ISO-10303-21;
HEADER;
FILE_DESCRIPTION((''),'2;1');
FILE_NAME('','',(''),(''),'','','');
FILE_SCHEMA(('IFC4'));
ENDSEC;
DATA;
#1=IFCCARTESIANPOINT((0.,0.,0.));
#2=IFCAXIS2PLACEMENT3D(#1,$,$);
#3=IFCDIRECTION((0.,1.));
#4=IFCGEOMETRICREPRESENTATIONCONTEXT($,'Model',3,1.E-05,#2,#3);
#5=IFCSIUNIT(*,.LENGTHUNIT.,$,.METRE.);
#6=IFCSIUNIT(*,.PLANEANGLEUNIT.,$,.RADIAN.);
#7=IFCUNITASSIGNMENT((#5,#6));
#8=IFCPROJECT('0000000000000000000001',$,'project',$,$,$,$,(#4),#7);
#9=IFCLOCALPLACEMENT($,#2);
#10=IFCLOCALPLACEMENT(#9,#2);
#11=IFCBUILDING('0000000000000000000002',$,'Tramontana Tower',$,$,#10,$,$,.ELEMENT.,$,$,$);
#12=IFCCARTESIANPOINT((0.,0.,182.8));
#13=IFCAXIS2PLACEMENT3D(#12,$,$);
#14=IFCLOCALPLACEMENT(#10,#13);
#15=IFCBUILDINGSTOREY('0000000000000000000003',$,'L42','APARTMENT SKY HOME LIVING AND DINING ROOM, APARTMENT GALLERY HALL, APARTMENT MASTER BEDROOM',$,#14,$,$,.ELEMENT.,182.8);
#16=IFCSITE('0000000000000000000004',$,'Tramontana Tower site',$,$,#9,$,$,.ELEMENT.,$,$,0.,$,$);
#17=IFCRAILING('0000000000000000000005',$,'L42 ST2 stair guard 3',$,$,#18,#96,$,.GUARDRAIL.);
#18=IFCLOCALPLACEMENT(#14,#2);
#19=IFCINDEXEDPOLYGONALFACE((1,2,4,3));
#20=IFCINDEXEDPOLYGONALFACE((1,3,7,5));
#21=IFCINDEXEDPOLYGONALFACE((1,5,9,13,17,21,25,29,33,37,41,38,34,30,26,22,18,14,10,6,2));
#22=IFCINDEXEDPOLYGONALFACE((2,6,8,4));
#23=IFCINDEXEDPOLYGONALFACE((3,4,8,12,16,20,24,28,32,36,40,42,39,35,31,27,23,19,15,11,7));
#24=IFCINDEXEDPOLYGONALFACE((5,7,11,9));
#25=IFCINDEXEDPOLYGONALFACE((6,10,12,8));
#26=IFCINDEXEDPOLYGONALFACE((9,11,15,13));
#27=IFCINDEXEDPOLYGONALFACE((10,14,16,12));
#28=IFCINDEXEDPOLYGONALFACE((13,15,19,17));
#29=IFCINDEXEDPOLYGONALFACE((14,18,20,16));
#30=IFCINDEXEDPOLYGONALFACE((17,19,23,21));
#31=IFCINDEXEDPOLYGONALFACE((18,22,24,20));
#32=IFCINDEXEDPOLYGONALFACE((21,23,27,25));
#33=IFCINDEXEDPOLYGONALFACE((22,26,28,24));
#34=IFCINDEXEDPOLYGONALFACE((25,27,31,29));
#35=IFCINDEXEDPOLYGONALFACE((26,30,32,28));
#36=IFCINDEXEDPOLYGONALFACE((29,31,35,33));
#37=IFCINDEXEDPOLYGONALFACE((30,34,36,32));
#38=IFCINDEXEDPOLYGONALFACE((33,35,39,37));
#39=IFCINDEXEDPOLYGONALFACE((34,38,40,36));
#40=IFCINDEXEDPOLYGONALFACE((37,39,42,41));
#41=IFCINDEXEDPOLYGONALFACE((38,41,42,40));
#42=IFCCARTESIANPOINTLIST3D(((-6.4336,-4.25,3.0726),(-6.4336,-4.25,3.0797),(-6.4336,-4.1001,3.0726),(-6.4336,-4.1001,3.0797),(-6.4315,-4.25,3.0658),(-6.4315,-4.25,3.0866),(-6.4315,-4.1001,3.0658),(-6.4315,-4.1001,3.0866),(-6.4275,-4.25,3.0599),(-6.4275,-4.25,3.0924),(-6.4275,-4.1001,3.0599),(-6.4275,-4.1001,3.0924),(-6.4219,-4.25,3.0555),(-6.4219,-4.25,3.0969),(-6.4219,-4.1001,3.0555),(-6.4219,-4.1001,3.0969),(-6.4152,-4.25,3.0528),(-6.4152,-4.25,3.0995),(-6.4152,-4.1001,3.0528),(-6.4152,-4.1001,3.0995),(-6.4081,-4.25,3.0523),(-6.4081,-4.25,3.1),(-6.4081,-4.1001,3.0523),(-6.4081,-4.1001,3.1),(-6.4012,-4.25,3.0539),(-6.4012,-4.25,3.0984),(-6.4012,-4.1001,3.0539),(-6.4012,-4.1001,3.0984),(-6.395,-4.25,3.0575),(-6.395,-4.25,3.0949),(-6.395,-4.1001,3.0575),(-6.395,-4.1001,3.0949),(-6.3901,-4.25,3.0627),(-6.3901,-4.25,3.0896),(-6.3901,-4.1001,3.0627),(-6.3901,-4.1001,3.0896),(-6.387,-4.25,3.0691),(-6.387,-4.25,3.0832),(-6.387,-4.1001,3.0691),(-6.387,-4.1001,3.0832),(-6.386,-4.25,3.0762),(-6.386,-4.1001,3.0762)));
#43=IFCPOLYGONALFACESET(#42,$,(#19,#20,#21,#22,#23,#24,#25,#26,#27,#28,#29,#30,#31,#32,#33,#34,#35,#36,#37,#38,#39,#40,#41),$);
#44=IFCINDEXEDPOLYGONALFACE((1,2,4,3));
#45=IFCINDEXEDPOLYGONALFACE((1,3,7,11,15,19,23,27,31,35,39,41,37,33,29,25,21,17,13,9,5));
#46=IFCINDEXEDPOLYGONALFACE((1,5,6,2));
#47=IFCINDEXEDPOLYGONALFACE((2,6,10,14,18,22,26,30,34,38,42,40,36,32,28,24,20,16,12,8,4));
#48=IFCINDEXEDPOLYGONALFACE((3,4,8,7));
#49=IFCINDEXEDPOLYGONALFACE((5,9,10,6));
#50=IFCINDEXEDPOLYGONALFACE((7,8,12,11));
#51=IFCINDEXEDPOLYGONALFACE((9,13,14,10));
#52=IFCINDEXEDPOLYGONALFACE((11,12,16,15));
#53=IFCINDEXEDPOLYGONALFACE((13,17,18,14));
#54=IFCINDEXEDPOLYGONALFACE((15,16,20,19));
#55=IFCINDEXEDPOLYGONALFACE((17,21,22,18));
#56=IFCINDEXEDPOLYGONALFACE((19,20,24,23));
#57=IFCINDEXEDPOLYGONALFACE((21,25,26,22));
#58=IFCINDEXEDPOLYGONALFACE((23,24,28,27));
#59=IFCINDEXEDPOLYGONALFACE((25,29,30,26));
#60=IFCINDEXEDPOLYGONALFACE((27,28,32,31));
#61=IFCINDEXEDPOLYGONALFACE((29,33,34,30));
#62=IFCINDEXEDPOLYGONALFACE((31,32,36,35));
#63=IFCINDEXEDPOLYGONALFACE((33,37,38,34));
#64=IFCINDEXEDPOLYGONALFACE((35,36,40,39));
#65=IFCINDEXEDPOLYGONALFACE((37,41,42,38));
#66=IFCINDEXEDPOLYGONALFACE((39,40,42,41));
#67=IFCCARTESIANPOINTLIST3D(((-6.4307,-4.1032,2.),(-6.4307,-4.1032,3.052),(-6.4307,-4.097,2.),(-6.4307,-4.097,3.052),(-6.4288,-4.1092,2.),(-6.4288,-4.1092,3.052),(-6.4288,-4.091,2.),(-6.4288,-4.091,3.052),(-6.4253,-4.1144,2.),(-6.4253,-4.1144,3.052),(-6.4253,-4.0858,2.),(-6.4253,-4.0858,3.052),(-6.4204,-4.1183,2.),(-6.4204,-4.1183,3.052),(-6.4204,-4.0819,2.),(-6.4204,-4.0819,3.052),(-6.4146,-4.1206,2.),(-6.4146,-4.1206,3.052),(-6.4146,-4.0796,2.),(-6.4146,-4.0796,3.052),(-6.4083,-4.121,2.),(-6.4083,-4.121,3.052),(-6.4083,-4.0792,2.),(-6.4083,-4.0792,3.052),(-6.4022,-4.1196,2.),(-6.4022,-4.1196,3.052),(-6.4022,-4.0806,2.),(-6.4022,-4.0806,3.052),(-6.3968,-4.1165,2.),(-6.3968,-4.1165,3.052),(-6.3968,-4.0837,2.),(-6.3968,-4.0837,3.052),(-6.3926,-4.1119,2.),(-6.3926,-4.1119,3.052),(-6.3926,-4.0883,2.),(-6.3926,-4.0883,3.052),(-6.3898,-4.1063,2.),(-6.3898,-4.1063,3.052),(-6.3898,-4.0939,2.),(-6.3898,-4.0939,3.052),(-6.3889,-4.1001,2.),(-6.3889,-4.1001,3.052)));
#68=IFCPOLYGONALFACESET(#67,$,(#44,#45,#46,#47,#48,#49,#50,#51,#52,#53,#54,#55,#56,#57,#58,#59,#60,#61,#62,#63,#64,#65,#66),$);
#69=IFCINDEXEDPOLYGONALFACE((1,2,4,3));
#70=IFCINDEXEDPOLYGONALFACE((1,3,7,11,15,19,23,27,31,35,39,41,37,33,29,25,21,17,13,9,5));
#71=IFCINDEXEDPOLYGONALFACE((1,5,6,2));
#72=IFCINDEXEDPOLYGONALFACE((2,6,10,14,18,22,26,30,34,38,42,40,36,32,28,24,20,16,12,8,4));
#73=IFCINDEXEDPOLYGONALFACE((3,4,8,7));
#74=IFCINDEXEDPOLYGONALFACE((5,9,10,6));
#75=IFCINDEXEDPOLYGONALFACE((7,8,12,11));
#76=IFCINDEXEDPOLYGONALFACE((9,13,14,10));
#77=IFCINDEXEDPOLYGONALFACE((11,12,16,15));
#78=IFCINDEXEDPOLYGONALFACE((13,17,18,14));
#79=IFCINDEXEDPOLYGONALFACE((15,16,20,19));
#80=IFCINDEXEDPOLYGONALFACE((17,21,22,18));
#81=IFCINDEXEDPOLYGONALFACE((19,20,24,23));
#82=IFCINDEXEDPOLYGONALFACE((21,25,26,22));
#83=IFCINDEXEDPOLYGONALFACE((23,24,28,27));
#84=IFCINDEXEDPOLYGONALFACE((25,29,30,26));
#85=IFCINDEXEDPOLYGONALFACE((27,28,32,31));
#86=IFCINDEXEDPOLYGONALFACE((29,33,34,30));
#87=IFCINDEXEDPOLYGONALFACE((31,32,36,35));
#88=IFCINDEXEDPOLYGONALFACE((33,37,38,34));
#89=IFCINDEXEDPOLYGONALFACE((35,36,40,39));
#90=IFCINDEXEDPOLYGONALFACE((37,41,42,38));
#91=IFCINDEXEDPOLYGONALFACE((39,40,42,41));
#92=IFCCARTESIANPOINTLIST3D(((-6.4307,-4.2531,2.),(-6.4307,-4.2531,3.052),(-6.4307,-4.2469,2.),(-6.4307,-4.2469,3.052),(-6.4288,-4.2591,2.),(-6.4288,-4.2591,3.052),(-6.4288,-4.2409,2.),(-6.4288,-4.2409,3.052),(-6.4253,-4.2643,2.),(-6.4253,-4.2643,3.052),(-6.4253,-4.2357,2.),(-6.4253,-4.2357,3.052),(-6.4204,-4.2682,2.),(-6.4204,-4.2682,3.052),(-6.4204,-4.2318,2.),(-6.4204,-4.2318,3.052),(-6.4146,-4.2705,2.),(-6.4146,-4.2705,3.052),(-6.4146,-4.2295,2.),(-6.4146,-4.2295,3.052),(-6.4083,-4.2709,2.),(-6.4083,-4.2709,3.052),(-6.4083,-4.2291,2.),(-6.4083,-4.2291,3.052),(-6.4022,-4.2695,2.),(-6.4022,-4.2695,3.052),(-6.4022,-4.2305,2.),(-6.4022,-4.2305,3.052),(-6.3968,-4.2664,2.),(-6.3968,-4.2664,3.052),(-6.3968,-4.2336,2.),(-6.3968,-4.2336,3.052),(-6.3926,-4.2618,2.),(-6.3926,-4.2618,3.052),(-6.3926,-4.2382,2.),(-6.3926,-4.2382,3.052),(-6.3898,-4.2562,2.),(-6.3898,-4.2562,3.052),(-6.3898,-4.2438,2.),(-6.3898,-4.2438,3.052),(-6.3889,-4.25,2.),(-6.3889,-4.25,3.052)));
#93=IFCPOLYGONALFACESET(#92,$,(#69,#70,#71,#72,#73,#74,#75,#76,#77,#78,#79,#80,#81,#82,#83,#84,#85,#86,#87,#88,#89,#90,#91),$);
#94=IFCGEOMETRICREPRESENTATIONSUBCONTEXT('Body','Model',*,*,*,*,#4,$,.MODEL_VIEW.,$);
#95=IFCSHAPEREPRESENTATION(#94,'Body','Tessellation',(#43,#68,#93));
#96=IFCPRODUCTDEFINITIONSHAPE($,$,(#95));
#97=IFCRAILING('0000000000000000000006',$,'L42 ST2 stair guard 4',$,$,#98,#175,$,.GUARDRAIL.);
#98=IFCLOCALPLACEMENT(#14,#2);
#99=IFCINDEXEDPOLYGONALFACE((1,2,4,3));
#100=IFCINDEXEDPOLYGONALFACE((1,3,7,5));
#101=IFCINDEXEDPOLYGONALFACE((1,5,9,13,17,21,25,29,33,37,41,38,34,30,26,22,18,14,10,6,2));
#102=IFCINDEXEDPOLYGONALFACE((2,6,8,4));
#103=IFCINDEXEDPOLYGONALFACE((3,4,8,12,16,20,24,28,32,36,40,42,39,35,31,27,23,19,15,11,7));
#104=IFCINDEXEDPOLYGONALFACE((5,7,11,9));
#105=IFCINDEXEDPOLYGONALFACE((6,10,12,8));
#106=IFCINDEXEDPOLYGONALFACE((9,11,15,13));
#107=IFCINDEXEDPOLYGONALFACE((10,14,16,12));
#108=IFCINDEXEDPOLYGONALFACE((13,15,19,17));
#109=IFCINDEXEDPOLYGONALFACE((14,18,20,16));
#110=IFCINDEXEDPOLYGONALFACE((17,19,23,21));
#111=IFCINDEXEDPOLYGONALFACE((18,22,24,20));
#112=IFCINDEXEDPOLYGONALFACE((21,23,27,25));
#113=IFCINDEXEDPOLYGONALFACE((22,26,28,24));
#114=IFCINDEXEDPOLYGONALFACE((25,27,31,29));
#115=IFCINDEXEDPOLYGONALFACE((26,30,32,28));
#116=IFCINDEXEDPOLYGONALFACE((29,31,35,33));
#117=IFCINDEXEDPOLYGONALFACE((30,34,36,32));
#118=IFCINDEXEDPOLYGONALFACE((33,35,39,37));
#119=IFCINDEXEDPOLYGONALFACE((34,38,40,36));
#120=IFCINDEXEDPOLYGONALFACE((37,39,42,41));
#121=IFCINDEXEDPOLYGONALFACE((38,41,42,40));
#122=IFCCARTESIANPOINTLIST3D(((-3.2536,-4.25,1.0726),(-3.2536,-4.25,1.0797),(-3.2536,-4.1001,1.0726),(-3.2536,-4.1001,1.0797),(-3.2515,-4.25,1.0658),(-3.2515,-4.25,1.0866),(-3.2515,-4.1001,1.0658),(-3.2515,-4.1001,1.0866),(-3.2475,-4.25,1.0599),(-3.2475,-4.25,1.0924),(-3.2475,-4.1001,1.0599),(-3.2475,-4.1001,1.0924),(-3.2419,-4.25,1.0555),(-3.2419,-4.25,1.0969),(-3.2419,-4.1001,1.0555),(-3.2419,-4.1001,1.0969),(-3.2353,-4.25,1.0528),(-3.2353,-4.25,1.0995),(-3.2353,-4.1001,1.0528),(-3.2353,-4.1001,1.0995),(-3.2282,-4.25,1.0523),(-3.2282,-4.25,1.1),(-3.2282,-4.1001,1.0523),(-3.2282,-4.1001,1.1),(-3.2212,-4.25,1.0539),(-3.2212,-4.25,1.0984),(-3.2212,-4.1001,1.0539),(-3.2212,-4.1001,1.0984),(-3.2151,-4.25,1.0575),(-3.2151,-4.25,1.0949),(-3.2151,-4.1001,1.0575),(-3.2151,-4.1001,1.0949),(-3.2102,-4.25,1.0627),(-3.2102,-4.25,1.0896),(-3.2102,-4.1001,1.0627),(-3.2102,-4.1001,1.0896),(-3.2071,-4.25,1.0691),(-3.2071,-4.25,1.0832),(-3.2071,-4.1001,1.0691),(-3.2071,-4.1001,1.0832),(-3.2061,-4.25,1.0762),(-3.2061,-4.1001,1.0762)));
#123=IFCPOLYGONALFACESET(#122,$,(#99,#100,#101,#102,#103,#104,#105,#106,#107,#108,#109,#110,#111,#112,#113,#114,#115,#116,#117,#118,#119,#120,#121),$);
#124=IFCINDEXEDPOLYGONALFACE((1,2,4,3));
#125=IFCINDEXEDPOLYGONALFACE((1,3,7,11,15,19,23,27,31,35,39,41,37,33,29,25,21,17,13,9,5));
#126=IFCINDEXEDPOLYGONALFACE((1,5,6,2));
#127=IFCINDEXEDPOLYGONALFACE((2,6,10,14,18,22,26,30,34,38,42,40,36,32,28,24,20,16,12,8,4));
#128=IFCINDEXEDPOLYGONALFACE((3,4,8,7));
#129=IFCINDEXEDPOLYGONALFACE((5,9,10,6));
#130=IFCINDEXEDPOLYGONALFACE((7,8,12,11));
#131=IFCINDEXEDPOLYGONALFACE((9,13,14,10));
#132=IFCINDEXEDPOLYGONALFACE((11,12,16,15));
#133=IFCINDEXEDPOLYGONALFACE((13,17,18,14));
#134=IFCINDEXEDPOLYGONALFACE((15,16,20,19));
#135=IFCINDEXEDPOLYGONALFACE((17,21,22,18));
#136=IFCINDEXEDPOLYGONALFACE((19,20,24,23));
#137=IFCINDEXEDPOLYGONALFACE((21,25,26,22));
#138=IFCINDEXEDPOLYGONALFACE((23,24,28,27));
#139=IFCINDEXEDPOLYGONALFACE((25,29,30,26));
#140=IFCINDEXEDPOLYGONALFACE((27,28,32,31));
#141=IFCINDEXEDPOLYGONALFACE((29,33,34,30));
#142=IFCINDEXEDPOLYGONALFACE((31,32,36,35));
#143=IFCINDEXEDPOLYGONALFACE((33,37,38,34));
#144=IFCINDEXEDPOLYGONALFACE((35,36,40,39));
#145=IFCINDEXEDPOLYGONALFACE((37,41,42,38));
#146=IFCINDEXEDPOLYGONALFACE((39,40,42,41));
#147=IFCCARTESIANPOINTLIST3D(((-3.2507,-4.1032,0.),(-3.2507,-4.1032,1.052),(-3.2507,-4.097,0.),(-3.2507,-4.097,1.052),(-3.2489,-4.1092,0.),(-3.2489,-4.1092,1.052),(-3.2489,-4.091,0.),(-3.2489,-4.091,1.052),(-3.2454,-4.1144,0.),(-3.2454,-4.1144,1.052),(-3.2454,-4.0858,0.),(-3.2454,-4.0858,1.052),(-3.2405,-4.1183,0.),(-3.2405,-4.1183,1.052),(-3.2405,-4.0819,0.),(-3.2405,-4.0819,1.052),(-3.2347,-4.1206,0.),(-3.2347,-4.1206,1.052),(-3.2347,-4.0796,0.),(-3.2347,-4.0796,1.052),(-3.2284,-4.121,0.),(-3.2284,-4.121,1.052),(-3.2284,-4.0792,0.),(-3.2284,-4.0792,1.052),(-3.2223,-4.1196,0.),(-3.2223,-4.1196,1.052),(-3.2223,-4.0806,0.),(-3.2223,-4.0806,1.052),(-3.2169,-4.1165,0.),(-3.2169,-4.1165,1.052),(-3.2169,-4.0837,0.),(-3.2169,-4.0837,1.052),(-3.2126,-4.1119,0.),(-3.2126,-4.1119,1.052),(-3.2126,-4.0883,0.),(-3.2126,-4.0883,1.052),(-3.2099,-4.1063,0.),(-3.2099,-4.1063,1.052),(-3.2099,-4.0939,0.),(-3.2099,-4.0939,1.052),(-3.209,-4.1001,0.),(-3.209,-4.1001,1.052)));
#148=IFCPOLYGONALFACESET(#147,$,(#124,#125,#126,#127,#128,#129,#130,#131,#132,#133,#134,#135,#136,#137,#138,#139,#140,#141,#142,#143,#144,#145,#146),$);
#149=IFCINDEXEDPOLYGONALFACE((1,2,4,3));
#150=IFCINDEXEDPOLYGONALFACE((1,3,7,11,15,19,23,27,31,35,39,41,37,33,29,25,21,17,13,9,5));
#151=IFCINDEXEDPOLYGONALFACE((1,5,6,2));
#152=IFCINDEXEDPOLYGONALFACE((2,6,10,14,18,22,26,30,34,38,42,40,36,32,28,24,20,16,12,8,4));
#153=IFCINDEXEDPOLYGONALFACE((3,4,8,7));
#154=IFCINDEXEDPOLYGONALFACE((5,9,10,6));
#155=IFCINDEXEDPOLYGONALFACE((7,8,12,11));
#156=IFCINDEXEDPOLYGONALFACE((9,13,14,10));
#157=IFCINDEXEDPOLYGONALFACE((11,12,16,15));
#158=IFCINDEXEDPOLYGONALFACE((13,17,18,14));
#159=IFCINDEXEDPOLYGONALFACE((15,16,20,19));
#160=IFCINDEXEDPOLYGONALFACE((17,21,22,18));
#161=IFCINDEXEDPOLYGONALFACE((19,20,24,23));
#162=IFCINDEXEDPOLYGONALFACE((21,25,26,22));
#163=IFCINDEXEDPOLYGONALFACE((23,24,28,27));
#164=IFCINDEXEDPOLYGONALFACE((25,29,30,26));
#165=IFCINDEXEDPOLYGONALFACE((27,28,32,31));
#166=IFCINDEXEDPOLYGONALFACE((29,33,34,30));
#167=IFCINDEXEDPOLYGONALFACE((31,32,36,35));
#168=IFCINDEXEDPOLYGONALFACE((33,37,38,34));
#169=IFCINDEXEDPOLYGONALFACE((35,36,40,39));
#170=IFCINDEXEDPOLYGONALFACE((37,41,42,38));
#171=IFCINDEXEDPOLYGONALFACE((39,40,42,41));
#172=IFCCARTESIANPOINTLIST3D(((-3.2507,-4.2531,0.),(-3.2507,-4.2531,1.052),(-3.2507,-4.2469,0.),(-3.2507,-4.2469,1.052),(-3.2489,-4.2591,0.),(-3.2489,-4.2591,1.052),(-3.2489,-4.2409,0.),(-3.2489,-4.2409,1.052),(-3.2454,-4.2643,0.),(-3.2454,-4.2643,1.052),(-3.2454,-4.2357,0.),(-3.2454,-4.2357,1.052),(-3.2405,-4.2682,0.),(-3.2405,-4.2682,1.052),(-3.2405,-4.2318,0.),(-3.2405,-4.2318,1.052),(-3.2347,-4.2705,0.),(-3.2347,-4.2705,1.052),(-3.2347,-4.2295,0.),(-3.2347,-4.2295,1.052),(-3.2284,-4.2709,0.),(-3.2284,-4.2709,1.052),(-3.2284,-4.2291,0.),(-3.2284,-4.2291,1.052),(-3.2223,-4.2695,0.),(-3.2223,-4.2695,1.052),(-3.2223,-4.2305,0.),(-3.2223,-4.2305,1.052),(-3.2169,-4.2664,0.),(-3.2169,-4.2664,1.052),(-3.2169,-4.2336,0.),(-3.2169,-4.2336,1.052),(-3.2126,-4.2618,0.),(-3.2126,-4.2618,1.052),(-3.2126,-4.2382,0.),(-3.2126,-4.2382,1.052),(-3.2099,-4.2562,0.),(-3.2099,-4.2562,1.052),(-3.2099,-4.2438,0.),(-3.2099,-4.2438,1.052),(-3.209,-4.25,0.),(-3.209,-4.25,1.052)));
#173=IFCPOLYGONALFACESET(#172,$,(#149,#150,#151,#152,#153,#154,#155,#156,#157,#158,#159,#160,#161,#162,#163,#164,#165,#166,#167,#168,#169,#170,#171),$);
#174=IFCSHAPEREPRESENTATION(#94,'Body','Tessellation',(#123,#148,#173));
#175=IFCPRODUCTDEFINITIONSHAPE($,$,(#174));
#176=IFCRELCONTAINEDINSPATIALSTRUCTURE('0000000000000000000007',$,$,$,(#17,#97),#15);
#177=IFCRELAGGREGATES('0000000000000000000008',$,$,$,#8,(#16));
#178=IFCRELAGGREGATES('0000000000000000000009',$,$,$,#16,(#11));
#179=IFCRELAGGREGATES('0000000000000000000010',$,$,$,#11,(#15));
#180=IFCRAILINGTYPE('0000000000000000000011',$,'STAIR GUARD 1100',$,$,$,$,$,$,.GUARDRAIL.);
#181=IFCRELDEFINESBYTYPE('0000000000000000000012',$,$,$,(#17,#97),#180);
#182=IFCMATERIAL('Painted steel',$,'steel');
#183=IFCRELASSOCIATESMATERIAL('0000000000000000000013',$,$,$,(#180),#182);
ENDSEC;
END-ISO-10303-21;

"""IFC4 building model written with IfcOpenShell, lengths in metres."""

from ifc_helpers import new_model, si_unit, direction, frame, origin, origin_2d, place, context, subcontext, project, spatial, circle, extrude, material, type_object, element, save


model = new_model("IFC4")

# Units and contexts
model_context = context("Model", 3, precision=1e-05, world=origin(), true_north=direction((0.0, 1.0)))
body_context = subcontext(model_context, "Body", "Model", "MODEL_VIEW")
ifc_project = project(units=[si_unit("LENGTHUNIT", "METRE"), si_unit("PLANEANGLEUNIT", "RADIAN")], contexts=[model_context])

# Site, building, storey
site_placement = place(None, origin())
site = spatial("IfcSite", under=ifc_project, at=site_placement, Name="Tramontana Tower site", CompositionType="ELEMENT", RefElevation=0.0)
building_placement = place(site_placement, origin())
building = spatial("IfcBuilding", under=site, at=building_placement, Name="Tramontana Tower", CompositionType="ELEMENT")
storey_placement = place(building_placement, frame((0.0, 0.0, 182.8)))
storey = spatial("IfcBuildingStorey", under=building, at=storey_placement, Name="L42", Description="APARTMENT SKY HOME LIVING AND DINING ROOM, APARTMENT GALLERY HALL, APARTMENT MASTER BEDROOM", CompositionType="ELEMENT", Elevation=182.8)

# Railings
ifc_material_1 = material(Name="Painted steel", Category="steel")
railing_type_1 = type_object("IfcRailingType", Name="STAIR GUARD 1100", PredefinedType="GUARDRAIL", material=ifc_material_1)
for number, where, name in (
    (1, (-6.4099, -4.1001, 2.0), "L42 ST2 stair guard 3"),
    (2, (-3.23, -4.1001, 0.0), "L42 ST2 stair guard 4"),
):
    element("IfcRailing", number, at=place(storey_placement, frame(where)), inside=storey, type_object=railing_type_1, Name=name, PredefinedType="GUARDRAIL", context=body_context, shape_type="SweptSolid", body=[
        extrude(circle(Radius=0.0239, at=origin_2d()), frame((0.0, 0.0, 1.0762), z_axis=(0.0, -1.0, 0.0), x_axis=(1.0, 0.0, 0.0)), (0.0, 0.0, 1.0), 0.1499),
        extrude(circle(Radius=0.021, at=origin_2d()), origin(), (0.0, 0.0, 1.0), 1.052),
        extrude(circle(Radius=0.021, at=origin_2d()), frame((0.0, -0.1499, 0.0)), (0.0, 0.0, 1.0), 1.052),
    ])

save(model, "model.ifc")
